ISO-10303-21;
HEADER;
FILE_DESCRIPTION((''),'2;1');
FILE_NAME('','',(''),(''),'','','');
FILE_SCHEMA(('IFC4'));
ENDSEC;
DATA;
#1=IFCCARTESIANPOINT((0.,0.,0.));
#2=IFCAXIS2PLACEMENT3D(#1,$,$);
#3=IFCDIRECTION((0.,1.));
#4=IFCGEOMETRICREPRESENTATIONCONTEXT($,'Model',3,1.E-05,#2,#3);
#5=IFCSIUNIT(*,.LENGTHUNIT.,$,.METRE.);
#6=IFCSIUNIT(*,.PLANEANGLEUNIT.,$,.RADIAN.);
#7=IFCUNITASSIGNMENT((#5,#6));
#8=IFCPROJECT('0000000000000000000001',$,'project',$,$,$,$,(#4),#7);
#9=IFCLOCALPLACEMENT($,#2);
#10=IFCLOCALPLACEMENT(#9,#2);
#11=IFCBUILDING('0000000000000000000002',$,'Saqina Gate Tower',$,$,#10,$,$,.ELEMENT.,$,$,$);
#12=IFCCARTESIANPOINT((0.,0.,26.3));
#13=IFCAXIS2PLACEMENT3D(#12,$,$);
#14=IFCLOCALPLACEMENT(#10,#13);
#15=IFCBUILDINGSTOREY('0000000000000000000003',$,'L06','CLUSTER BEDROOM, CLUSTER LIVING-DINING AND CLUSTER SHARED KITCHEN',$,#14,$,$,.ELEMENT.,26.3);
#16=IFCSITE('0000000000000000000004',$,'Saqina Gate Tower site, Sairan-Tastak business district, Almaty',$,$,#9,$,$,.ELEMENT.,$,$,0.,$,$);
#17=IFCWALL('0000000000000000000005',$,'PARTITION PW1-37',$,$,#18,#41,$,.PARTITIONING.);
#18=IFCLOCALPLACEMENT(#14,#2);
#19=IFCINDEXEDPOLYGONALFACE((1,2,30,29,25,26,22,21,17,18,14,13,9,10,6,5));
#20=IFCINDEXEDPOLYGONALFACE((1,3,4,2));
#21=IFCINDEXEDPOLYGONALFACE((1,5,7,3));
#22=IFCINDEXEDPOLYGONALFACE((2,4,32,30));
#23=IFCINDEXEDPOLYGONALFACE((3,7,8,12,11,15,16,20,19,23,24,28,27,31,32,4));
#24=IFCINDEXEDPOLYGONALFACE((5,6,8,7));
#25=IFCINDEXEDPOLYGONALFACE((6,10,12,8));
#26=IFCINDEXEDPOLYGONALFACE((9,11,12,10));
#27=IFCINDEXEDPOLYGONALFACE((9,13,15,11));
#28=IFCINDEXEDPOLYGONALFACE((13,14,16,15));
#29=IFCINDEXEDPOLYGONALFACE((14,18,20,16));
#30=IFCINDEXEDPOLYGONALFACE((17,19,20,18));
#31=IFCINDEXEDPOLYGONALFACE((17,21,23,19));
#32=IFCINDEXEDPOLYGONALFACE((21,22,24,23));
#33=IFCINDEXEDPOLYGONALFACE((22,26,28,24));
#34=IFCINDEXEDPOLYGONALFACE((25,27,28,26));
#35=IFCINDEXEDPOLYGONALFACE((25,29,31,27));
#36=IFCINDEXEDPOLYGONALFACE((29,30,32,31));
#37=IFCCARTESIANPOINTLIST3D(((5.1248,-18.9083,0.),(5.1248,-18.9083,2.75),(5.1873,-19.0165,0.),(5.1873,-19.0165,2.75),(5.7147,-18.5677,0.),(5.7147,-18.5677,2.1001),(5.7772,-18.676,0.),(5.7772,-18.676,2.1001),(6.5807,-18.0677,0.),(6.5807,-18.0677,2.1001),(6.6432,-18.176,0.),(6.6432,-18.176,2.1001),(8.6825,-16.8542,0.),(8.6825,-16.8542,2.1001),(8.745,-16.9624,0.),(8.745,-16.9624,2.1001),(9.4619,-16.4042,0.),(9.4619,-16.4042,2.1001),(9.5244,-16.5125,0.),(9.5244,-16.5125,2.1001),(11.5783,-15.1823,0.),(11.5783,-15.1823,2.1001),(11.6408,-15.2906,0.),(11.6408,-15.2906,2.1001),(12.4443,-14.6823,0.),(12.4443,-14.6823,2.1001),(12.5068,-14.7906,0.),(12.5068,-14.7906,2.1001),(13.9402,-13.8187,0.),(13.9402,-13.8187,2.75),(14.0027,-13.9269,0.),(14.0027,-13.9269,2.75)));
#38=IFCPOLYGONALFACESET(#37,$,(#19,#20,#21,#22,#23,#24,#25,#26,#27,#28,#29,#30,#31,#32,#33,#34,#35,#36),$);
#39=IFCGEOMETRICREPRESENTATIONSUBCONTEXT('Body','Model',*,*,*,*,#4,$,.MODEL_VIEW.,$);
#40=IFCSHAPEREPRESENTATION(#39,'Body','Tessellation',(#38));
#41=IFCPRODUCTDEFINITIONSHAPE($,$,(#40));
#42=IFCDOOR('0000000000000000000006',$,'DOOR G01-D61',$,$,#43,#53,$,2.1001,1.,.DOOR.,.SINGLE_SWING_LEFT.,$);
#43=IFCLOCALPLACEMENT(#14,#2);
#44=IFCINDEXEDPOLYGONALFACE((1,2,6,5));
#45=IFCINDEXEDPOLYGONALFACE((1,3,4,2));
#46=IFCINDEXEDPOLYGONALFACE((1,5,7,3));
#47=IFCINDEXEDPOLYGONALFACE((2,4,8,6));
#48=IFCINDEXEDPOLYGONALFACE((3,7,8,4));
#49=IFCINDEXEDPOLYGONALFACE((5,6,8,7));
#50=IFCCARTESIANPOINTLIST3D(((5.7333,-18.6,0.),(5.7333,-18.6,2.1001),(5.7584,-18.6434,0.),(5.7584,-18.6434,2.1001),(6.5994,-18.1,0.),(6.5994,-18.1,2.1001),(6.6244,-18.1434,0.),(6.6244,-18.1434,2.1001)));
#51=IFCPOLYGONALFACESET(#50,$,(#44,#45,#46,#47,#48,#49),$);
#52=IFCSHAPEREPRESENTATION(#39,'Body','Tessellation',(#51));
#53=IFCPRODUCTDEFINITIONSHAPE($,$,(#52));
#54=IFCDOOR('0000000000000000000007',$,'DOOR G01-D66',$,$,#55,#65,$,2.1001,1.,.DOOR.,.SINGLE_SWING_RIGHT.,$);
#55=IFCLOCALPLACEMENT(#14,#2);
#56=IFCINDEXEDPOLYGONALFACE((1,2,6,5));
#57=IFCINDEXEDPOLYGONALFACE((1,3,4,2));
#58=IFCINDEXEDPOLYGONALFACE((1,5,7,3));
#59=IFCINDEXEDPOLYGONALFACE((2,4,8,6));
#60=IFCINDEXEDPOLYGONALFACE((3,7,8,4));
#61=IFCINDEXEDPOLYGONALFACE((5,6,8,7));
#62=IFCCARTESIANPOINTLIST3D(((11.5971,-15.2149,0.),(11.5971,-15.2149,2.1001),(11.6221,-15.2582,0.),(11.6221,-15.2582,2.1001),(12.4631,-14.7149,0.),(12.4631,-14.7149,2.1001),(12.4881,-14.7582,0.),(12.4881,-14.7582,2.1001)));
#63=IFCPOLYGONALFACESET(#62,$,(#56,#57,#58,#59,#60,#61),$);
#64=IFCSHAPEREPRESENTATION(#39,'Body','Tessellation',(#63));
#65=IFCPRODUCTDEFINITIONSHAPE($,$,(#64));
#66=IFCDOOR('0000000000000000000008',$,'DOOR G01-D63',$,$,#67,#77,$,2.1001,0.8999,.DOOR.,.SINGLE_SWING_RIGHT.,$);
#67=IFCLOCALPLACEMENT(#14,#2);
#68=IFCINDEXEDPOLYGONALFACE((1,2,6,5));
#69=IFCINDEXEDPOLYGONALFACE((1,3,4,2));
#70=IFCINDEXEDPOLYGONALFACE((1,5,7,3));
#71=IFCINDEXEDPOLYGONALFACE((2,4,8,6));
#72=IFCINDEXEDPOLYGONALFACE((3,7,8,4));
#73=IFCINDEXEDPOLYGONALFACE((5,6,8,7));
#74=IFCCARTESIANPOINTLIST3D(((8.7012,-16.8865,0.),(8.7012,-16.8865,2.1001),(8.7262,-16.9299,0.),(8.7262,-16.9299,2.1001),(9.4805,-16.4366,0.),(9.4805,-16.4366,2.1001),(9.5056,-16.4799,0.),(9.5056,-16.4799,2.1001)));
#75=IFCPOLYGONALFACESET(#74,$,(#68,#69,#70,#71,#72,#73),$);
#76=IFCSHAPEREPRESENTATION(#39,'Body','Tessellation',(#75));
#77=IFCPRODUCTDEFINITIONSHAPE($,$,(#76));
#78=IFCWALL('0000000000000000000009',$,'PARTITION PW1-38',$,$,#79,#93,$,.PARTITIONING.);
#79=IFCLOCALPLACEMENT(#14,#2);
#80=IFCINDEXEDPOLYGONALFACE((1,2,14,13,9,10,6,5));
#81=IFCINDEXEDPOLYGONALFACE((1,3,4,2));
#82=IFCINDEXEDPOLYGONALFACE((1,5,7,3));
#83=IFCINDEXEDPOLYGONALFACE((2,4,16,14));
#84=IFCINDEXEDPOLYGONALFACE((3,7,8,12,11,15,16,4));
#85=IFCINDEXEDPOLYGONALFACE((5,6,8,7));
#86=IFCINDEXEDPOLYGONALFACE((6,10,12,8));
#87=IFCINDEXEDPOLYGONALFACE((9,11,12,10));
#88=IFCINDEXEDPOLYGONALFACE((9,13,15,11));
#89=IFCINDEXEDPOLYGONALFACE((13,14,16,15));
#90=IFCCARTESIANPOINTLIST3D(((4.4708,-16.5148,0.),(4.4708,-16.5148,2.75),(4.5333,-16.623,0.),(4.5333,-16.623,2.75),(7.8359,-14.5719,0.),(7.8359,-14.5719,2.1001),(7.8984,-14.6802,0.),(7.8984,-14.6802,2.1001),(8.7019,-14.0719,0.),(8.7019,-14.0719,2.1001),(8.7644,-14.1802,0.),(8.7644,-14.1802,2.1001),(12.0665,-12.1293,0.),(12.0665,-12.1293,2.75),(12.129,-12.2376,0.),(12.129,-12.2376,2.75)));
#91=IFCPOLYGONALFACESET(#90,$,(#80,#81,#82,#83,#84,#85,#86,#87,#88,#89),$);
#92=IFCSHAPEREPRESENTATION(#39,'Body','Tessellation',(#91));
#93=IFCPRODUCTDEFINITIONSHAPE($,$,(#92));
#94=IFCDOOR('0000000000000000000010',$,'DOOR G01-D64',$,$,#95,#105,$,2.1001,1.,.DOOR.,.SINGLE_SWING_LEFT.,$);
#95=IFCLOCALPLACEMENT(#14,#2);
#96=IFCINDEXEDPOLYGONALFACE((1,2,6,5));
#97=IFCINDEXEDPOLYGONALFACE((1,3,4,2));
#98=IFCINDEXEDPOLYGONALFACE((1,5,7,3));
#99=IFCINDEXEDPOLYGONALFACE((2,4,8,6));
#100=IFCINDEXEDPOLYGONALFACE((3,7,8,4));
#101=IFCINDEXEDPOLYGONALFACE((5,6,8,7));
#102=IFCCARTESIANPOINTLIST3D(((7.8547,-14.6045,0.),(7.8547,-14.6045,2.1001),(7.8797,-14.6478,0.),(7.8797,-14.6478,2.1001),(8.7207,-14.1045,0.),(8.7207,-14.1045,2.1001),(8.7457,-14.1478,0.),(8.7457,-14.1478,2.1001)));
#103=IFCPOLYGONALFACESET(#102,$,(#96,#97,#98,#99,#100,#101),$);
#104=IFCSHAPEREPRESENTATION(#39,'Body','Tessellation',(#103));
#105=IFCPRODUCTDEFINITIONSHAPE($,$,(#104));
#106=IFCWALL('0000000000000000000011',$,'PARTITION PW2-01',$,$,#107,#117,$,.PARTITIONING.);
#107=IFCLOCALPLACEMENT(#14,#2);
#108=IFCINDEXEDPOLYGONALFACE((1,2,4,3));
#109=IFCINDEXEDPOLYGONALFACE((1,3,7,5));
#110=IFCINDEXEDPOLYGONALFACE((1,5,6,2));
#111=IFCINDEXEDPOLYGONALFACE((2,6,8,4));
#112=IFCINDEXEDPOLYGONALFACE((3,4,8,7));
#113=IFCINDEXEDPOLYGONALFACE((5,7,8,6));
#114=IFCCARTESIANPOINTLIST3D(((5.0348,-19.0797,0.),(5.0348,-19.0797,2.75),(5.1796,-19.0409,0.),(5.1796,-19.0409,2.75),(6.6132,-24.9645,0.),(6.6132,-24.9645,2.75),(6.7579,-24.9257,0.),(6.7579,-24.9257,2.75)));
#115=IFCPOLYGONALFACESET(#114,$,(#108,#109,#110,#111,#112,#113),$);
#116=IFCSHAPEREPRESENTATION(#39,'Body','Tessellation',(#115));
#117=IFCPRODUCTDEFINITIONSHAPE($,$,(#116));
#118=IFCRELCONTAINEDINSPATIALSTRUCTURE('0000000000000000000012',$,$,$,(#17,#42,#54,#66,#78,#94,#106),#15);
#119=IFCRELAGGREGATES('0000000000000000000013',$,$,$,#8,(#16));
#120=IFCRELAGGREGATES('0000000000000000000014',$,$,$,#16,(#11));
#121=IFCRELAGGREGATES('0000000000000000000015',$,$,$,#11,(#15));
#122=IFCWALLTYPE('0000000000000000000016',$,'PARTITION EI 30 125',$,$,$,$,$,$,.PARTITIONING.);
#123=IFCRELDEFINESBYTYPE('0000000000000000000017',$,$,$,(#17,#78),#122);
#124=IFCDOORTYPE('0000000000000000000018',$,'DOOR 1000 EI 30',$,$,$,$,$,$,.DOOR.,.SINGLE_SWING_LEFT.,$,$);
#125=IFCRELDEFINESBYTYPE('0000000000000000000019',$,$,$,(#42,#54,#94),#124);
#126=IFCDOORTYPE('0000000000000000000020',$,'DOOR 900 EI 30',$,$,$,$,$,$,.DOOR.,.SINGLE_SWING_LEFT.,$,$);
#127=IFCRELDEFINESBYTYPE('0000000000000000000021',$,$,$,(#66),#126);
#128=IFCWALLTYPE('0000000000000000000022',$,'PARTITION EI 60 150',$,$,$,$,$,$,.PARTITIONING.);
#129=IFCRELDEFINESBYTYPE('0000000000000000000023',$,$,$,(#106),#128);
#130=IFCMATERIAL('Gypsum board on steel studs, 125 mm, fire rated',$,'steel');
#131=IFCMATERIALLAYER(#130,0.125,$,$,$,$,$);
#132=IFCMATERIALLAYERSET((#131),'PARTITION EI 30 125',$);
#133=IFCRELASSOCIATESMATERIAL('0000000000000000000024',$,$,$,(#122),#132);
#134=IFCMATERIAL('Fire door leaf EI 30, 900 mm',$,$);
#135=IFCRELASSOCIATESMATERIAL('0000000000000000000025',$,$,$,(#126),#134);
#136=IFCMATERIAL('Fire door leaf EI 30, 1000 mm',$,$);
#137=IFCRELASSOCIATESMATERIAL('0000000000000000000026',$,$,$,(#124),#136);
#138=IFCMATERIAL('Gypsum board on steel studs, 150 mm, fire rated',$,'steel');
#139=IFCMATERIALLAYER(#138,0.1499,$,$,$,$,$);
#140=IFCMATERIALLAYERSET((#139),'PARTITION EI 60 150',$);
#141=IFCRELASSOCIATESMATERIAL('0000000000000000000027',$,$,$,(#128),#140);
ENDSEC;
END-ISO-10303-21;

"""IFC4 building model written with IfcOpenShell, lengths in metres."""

from ifc_helpers import new_model, si_unit, direction, frame, frame_2d, origin, place, context, subcontext, project, spatial, rectangle, extrude, material, layer, layer_set, type_object, element, fill, save


model = new_model("IFC4")

# Units and contexts
model_context = context("Model", 3, precision=1e-05, world=origin(), true_north=direction((0.0, 1.0)))
body_context = subcontext(model_context, "Body", "Model", "MODEL_VIEW")
ifc_project = project(units=[si_unit("LENGTHUNIT", "METRE"), si_unit("PLANEANGLEUNIT", "RADIAN")], contexts=[model_context])

# Site, building, storey
site_placement = place(None, origin())
site = spatial("IfcSite", under=ifc_project, at=site_placement, Name="Saqina Gate Tower site, Sairan-Tastak business district, Almaty", CompositionType="ELEMENT", RefElevation=0.0)
building_placement = place(site_placement, origin())
building = spatial("IfcBuilding", under=site, at=building_placement, Name="Saqina Gate Tower", CompositionType="ELEMENT")
storey_placement = place(building_placement, frame((0.0, 0.0, 26.3)))
storey = spatial("IfcBuildingStorey", under=building, at=storey_placement, Name="L06", Description="CLUSTER BEDROOM, CLUSTER LIVING-DINING AND CLUSTER SHARED KITCHEN", CompositionType="ELEMENT", Elevation=26.3)

# Shared definitions
ifc_material_1 = material(Name="Gypsum board on steel studs, 125 mm, fire rated", Category="steel")
ifc_layer_1 = layer(ifc_material_1, 0.125)
ifc_layer_set_1 = layer_set([ifc_layer_1], Name="PARTITION EI 30 125")
wall_type_1 = type_object("IfcWallType", Name="PARTITION EI 30 125", PredefinedType="PARTITIONING", material=ifc_layer_set_1)
ifc_material_2 = material(Name="Fire door leaf EI 30, 900 mm")
door_type_1 = type_object("IfcDoorType", Name="DOOR 900 EI 30", OperationType="SINGLE_SWING_LEFT", PredefinedType="DOOR", material=ifc_material_2)

# Wall, openings, doors
wall_1_placement = place(storey_placement, frame((5.156, -18.9624, 0.0), z_axis=(0.0, 0.0, 1.0), x_axis=(0.866025, 0.500001, 0.0)))
wall_1 = element("IfcWall", 1, at=wall_1_placement, inside=storey, type_object=wall_type_1, Name="PARTITION PW1-37", PredefinedType="PARTITIONING", context=body_context, shape_type="SweptSolid", body=[
    extrude(rectangle(XDim=10.1792, YDim=0.125, at=frame_2d((5.0896, 0.0))), origin(), (0.0, 0.0, 1.0), 2.75),
])
opening_1_placement = place(wall_1_placement, frame((0.6812, 0.0, 0.0)))
opening_1 = element("IfcOpeningElement", 2, at=opening_1_placement, cuts=wall_1, PredefinedType="OPENING", context=body_context, shape_type="SweptSolid", body=[
    extrude(rectangle(XDim=1.0, YDim=2.1001, at=frame_2d((0.5, 1.05))), frame((0.0, 0.0745, 0.0), z_axis=(0.0, -1.0, 0.0), x_axis=(1.0, 0.0, 0.0)), (0.0, 0.0, 1.0), 0.1489),
])
opening_2_placement = place(wall_1_placement, frame((4.1082, 0.0, 0.0)))
opening_2 = element("IfcOpeningElement", 3, at=opening_2_placement, cuts=wall_1, PredefinedType="OPENING", context=body_context, shape_type="SweptSolid", body=[
    extrude(rectangle(XDim=0.8999, YDim=2.1001, at=frame_2d((0.45, 1.05))), frame((0.0, 0.0745, 0.0), z_axis=(0.0, -1.0, 0.0), x_axis=(1.0, 0.0, 0.0)), (0.0, 0.0, 1.0), 0.1489),
])
opening_3_placement = place(wall_1_placement, frame((7.4519, 0.0, 0.0)))
opening_3 = element("IfcOpeningElement", 4, at=opening_3_placement, cuts=wall_1, PredefinedType="OPENING", context=body_context, shape_type="SweptSolid", body=[
    extrude(rectangle(XDim=1.0, YDim=2.1001, at=frame_2d((0.5, 1.05))), frame((0.0, 0.0745, 0.0), z_axis=(0.0, -1.0, 0.0), x_axis=(1.0, 0.0, 0.0)), (0.0, 0.0, 1.0), 0.1489),
])
ifc_material_3 = material(Name="Fire door leaf EI 30, 1000 mm")
door_type_2 = type_object("IfcDoorType", Name="DOOR 1000 EI 30", OperationType="SINGLE_SWING_LEFT", PredefinedType="DOOR", material=ifc_material_3)
door_1_placement = place(opening_1_placement, frame((1.0, 0.0, 0.0), z_axis=(0.0, 0.0, 1.0), x_axis=(-1.0, 0.0, 0.0)))
door_1 = element("IfcDoor", 5, at=door_1_placement, inside=storey, type_object=door_type_2, Name="DOOR G01-D61", OperationType="SINGLE_SWING_LEFT", OverallHeight=2.1001, OverallWidth=1.0, PredefinedType="DOOR", context=body_context, shape_type="SweptSolid", body=[
    extrude(rectangle(XDim=1.0, YDim=2.1001, at=frame_2d((0.5, 1.05))), frame((0.0, 0.0249, 0.0), z_axis=(0.0, -1.0, 0.0), x_axis=(1.0, 0.0, 0.0)), (0.0, 0.0, 1.0), 0.05),
])
fill(opening_1, door_1)
door_2_placement = place(opening_3_placement, origin())
door_2 = element("IfcDoor", 6, at=door_2_placement, inside=storey, type_object=door_type_2, Name="DOOR G01-D66", OperationType="SINGLE_SWING_RIGHT", OverallHeight=2.1001, OverallWidth=1.0, PredefinedType="DOOR", context=body_context, shape_type="SweptSolid", body=[
    extrude(rectangle(XDim=1.0, YDim=2.1001, at=frame_2d((0.5, 1.05))), frame((0.0, 0.0249, 0.0), z_axis=(0.0, -1.0, 0.0), x_axis=(1.0, 0.0, 0.0)), (0.0, 0.0, 1.0), 0.05),
])
fill(opening_3, door_2)
door_3_placement = place(opening_2_placement, frame((0.8999, 0.0, 0.0), z_axis=(0.0, 0.0, 1.0), x_axis=(-1.0, 0.0, 0.0)))
door_3 = element("IfcDoor", 7, at=door_3_placement, inside=storey, type_object=door_type_1, Name="DOOR G01-D63", OperationType="SINGLE_SWING_RIGHT", OverallHeight=2.1001, OverallWidth=0.8999, PredefinedType="DOOR", context=body_context, shape_type="SweptSolid", body=[
    extrude(rectangle(XDim=0.8999, YDim=2.1001, at=frame_2d((0.45, 1.05))), frame((0.0, 0.0249, 0.0), z_axis=(0.0, -1.0, 0.0), x_axis=(1.0, 0.0, 0.0)), (0.0, 0.0, 1.0), 0.05),
])
fill(opening_2, door_3)

# Wall, opening, door
wall_2_placement = place(storey_placement, frame((4.5022, -16.5688, 0.0), z_axis=(0.0, 0.0, 1.0), x_axis=(0.86602, 0.50001, 0.0)))
wall_2 = element("IfcWall", 8, at=wall_2_placement, inside=storey, type_object=wall_type_1, Name="PARTITION PW1-38", PredefinedType="PARTITIONING", context=body_context, shape_type="SweptSolid", body=[
    extrude(rectangle(XDim=8.7708, YDim=0.125, at=frame_2d((4.3853, 0.0))), origin(), (0.0, 0.0, 1.0), 2.75),
])
opening_4_placement = place(wall_2_placement, frame((3.8855, 0.0, 0.0)))
opening_4 = element("IfcOpeningElement", 9, at=opening_4_placement, cuts=wall_2, PredefinedType="OPENING", context=body_context, shape_type="SweptSolid", body=[
    extrude(rectangle(XDim=1.0, YDim=2.1001, at=frame_2d((0.5, 1.05))), frame((0.0, 0.0745, 0.0), z_axis=(0.0, -1.0, 0.0), x_axis=(1.0, 0.0, 0.0)), (0.0, 0.0, 1.0), 0.1489),
])
door_4_placement = place(opening_4_placement, origin())
door_4 = element("IfcDoor", 10, at=door_4_placement, inside=storey, type_object=door_type_2, Name="DOOR G01-D64", OperationType="SINGLE_SWING_LEFT", OverallHeight=2.1001, OverallWidth=1.0, PredefinedType="DOOR", context=body_context, shape_type="SweptSolid", body=[
    extrude(rectangle(XDim=1.0, YDim=2.1001, at=frame_2d((0.5, 1.05))), frame((0.0, 0.0249, 0.0), z_axis=(0.0, -1.0, 0.0), x_axis=(1.0, 0.0, 0.0)), (0.0, 0.0, 1.0), 0.05),
])
fill(opening_4, door_4)

# Wall
ifc_material_4 = material(Name="Gypsum board on steel studs, 150 mm, fire rated", Category="steel")
ifc_layer_2 = layer(ifc_material_4, 0.1499)
ifc_layer_set_2 = layer_set([ifc_layer_2], Name="PARTITION EI 60 150")
wall_type_2 = type_object("IfcWallType", Name="PARTITION EI 60 150", PredefinedType="PARTITIONING", material=ifc_layer_set_2)
wall_3_placement = place(storey_placement, frame((5.1072, -19.0603, 0.0), z_axis=(0.0, 0.0, 1.0), x_axis=(0.259057, -0.965862, 0.0)))
element("IfcWall", 11, at=wall_3_placement, inside=storey, type_object=wall_type_2, Name="PARTITION PW2-01", PredefinedType="PARTITIONING", context=body_context, shape_type="SweptSolid", body=[
    extrude(rectangle(XDim=6.0928, YDim=0.1499, at=frame_2d((3.0464, 0.0))), origin(), (0.0, 0.0, 1.0), 2.75),
])

save(model, "model.ifc")
